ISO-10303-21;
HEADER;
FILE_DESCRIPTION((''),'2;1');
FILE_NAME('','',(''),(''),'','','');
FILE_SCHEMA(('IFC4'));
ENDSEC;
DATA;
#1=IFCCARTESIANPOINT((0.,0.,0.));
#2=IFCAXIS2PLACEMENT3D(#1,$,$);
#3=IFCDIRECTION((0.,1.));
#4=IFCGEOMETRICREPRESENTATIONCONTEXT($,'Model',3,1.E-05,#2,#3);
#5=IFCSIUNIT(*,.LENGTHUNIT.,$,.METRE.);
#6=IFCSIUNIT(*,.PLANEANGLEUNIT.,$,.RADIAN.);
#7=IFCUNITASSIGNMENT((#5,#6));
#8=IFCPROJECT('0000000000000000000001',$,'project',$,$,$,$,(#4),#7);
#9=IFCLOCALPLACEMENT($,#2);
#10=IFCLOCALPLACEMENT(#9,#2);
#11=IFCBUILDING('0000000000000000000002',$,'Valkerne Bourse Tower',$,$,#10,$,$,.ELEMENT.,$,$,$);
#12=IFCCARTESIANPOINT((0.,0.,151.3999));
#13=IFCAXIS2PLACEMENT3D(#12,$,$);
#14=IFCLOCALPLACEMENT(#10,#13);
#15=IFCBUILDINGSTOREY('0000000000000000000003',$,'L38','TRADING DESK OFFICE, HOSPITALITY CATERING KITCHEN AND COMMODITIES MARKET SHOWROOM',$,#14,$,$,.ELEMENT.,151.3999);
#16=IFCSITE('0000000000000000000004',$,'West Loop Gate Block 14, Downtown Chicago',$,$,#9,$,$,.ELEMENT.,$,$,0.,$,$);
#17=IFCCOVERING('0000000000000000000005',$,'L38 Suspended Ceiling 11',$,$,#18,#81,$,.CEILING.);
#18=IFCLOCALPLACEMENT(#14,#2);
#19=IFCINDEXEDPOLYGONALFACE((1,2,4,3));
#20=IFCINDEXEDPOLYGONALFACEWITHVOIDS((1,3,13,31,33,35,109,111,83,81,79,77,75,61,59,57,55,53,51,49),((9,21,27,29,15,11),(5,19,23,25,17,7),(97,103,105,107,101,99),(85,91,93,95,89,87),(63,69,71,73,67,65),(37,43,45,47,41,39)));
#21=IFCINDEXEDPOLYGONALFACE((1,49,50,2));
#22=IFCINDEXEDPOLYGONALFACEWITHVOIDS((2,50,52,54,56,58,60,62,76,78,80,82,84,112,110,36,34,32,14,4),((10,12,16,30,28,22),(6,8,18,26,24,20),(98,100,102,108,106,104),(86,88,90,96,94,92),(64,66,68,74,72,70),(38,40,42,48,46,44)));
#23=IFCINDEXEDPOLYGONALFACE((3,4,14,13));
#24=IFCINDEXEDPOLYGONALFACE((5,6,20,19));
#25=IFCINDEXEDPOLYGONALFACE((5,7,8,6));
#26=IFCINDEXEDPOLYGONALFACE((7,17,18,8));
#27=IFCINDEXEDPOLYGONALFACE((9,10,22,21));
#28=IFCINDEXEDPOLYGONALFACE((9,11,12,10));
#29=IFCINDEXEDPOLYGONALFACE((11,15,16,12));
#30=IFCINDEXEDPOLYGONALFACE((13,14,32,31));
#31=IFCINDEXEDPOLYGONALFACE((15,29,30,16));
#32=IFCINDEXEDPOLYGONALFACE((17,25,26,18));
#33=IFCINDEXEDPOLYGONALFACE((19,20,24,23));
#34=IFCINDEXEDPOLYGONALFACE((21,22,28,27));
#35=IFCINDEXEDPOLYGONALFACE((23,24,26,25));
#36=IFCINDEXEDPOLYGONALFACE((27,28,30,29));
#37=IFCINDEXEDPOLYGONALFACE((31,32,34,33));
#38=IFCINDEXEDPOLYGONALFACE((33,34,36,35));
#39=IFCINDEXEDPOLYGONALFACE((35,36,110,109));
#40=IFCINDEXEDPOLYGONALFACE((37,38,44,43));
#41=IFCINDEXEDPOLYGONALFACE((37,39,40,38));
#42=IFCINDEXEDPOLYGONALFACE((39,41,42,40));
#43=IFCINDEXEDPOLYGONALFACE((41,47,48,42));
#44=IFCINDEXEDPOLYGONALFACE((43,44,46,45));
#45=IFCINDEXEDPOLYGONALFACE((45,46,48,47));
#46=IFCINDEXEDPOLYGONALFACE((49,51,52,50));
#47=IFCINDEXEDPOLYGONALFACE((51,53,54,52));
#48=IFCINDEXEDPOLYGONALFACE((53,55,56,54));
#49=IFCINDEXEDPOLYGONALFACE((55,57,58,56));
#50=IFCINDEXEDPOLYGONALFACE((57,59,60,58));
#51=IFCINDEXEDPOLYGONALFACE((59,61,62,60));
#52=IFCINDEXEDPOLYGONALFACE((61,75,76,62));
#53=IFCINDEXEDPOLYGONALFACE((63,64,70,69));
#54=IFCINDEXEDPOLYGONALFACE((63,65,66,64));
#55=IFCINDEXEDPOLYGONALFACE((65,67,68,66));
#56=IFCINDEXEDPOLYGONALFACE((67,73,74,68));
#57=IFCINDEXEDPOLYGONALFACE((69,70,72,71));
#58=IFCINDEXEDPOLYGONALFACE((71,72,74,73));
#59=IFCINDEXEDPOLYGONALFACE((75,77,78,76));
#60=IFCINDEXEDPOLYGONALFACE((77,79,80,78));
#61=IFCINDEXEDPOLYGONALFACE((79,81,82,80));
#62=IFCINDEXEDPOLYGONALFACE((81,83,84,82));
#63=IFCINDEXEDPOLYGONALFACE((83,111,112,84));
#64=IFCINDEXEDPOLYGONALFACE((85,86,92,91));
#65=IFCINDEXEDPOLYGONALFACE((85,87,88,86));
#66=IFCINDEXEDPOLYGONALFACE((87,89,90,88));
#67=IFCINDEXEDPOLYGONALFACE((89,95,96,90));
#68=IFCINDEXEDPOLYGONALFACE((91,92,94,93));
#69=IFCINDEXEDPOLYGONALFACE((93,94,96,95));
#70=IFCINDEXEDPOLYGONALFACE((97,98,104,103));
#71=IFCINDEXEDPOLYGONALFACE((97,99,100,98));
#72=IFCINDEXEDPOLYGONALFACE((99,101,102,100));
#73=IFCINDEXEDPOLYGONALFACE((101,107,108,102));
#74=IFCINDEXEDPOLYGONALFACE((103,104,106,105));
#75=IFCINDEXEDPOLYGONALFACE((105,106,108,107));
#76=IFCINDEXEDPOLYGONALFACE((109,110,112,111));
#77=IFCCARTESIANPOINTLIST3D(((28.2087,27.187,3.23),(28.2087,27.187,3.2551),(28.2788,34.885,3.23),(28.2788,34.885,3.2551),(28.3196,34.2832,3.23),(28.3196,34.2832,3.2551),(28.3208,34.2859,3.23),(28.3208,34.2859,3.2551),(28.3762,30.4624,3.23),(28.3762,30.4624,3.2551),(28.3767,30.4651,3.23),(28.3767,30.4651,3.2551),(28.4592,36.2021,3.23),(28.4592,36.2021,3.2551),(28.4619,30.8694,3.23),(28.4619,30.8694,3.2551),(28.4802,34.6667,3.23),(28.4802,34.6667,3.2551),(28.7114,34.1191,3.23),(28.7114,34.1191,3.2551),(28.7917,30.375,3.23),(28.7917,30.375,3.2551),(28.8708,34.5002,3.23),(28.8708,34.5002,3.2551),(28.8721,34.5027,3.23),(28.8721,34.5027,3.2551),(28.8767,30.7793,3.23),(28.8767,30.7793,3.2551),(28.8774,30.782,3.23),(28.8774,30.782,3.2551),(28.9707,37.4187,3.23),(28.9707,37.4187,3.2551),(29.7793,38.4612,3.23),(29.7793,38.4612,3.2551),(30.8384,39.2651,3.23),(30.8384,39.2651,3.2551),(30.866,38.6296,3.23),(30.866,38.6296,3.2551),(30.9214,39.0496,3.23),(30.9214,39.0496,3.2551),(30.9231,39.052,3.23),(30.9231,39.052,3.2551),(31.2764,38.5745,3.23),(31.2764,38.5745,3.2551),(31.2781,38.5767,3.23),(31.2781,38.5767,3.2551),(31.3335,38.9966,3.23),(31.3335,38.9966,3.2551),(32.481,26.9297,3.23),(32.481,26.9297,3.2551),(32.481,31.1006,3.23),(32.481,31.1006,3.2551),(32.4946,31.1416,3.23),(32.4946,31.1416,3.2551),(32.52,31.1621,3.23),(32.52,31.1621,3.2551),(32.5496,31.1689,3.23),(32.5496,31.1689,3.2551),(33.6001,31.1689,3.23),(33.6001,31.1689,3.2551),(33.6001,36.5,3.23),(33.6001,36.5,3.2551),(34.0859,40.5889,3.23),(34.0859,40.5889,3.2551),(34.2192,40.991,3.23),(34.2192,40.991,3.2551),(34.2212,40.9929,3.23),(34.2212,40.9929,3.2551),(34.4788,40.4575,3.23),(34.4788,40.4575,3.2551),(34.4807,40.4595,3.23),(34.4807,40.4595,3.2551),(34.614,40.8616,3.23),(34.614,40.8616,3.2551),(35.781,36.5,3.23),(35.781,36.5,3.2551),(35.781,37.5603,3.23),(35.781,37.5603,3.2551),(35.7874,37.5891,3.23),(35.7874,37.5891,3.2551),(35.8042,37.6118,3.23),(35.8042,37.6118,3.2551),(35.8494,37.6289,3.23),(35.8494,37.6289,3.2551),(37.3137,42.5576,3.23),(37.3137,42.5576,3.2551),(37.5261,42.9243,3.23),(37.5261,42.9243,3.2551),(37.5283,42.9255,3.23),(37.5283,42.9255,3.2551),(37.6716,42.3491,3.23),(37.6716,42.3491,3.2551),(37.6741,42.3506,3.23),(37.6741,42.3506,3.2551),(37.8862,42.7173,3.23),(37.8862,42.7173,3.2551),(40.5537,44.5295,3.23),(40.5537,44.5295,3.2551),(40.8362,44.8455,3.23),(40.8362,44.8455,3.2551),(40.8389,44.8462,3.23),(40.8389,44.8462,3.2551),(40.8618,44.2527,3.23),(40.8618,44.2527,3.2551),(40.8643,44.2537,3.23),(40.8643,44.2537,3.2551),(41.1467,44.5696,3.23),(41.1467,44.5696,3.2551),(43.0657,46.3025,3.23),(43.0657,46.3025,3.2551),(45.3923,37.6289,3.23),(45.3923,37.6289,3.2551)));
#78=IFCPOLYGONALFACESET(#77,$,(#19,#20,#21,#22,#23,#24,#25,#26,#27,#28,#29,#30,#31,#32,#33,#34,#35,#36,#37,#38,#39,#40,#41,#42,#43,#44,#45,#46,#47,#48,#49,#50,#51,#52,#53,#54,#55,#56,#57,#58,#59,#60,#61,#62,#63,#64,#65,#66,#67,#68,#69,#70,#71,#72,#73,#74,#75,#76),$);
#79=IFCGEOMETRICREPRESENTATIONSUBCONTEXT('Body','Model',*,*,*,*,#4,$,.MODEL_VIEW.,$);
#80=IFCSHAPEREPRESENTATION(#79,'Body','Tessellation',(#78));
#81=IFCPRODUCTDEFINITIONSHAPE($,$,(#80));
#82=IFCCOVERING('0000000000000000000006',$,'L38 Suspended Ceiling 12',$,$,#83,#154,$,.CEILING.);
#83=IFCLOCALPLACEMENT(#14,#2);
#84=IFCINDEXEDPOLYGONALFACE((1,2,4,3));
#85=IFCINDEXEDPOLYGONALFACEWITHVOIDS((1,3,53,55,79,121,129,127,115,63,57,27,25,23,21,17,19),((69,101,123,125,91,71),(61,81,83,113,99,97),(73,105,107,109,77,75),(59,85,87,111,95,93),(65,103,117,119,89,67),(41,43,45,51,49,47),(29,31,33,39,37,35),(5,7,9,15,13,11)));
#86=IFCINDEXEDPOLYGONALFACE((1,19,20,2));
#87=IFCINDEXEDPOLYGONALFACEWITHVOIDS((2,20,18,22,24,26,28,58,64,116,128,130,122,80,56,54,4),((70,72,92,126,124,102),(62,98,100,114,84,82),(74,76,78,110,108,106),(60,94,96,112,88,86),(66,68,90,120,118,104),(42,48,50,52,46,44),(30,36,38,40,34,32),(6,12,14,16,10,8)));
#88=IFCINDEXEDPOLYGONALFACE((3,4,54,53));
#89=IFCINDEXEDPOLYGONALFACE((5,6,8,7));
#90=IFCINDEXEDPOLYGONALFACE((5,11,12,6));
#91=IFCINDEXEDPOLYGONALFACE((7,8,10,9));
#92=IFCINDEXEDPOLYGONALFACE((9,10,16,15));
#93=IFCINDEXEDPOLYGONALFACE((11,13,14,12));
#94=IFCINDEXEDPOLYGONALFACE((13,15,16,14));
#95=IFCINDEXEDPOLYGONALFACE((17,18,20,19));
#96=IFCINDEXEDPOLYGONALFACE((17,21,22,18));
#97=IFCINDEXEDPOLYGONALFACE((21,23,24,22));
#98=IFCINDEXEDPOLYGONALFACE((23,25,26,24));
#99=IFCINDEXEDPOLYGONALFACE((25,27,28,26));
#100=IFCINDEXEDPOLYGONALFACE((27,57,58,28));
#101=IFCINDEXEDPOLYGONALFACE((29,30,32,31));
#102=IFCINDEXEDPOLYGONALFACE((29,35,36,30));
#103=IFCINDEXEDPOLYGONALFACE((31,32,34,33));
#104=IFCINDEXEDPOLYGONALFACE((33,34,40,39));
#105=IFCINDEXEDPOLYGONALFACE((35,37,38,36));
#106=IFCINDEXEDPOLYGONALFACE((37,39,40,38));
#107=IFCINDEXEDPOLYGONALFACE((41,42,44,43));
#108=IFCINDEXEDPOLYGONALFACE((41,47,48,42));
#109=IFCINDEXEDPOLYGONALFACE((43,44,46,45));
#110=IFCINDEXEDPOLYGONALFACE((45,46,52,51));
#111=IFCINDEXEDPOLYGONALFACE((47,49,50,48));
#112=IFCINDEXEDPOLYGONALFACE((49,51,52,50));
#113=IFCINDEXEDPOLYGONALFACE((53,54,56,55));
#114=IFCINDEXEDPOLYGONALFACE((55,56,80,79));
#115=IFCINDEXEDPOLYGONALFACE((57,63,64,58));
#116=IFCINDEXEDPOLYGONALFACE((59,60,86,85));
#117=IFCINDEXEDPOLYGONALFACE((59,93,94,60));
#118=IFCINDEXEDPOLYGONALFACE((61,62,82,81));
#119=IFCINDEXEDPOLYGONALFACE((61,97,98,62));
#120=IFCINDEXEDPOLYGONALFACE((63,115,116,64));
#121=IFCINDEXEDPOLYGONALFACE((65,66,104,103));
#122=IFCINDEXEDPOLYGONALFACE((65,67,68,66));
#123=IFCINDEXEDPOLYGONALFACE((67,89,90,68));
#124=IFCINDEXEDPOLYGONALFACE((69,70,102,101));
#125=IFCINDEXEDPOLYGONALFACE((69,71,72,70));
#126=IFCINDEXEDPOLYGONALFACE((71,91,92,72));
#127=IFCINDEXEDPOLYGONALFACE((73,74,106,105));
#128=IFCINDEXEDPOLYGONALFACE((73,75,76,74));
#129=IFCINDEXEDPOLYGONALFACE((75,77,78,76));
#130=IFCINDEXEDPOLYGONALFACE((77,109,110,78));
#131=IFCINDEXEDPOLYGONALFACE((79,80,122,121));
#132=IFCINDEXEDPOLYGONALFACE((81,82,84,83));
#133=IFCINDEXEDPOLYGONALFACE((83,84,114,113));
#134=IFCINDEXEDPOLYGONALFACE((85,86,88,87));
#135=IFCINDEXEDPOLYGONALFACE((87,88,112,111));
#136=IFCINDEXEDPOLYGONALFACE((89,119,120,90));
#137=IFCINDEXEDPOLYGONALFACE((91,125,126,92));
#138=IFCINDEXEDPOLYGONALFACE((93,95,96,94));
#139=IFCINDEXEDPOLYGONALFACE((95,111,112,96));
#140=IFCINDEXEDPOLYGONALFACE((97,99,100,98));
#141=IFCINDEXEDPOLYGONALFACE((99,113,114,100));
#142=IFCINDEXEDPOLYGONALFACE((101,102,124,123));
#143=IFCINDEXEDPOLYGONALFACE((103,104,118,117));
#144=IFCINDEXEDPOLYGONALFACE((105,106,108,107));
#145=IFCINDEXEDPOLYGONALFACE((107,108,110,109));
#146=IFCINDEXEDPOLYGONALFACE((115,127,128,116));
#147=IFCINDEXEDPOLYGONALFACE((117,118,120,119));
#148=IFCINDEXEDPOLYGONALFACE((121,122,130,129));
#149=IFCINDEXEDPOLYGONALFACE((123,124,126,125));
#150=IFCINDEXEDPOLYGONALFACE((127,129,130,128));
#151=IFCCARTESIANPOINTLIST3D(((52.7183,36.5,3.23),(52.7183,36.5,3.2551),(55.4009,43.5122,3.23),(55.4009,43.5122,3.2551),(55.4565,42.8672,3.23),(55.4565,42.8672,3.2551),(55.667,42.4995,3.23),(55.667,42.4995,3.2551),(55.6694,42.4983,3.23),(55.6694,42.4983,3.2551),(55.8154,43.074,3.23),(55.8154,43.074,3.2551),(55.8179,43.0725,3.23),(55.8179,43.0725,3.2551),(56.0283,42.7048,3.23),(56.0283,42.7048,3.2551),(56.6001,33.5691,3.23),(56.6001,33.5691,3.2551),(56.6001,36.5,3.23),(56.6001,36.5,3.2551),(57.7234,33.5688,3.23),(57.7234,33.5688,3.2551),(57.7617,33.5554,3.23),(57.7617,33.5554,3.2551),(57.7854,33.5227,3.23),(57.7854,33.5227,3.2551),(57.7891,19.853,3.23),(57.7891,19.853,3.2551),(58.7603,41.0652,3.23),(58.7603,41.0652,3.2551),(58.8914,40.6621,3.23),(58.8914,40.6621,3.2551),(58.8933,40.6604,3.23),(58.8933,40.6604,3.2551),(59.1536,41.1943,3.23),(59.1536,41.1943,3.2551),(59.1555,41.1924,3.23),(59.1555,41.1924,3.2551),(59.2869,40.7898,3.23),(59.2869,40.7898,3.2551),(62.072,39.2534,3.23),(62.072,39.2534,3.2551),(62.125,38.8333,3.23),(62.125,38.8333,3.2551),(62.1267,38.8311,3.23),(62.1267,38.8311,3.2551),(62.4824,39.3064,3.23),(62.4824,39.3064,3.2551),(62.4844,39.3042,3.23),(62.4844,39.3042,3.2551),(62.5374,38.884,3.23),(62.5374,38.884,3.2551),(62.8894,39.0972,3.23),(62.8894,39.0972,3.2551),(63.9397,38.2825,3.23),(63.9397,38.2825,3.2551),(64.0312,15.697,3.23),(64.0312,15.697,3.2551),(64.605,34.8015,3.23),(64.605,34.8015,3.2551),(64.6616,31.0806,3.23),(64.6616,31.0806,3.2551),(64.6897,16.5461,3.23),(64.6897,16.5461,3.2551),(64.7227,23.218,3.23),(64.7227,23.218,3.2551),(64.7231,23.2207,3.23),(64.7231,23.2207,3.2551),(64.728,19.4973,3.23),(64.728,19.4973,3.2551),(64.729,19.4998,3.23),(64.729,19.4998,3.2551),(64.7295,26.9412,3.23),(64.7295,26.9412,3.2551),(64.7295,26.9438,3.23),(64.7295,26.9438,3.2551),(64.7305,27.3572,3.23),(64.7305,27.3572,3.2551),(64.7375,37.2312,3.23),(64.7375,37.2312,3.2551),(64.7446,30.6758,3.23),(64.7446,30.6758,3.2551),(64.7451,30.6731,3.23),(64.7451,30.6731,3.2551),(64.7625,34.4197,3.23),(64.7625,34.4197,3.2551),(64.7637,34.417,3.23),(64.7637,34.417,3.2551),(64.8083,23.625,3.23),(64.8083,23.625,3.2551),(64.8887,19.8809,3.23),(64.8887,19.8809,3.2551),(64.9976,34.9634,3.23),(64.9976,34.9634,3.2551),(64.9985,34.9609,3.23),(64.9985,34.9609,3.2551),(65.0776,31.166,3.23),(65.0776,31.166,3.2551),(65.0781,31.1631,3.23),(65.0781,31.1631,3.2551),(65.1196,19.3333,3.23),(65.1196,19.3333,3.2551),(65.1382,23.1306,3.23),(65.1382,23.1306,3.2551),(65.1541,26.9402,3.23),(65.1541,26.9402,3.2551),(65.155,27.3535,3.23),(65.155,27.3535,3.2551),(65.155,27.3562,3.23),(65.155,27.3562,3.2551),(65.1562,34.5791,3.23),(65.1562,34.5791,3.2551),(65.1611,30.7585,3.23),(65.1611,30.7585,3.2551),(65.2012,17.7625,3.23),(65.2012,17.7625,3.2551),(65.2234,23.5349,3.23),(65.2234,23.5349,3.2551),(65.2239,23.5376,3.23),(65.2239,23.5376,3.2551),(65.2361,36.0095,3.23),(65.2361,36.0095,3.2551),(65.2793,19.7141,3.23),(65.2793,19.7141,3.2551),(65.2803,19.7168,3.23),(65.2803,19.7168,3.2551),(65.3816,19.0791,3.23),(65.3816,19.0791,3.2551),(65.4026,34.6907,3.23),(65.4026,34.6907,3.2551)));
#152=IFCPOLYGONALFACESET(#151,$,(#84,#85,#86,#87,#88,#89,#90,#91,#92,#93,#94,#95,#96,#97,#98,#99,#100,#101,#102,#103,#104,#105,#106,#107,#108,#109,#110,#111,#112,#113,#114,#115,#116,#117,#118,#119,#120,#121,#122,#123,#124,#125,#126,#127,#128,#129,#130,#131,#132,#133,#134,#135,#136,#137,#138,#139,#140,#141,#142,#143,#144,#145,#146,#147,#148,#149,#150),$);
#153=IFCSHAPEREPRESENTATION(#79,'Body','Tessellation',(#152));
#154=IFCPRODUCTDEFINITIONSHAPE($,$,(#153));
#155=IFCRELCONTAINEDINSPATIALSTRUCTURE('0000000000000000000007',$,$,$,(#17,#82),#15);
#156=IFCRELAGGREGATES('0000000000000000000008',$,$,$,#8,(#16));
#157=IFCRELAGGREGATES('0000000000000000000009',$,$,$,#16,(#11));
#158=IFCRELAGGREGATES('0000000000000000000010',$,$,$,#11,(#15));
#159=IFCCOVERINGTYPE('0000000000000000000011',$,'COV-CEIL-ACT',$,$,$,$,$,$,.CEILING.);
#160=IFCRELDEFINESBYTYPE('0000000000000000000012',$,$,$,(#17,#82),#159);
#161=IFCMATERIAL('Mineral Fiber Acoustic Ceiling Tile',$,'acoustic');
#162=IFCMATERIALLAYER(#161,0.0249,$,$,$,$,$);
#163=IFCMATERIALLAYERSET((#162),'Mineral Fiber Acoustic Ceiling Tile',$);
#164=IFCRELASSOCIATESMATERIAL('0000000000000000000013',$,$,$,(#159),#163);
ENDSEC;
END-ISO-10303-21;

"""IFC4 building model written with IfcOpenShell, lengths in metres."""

from ifc_helpers import new_model, si_unit, direction, frame, origin, place, context, subcontext, project, spatial, polyline, outline, extrude, material, layer, layer_set, type_object, element, save


model = new_model("IFC4")

# Units and contexts
model_context = context("Model", 3, precision=1e-05, world=origin(), true_north=direction((0.0, 1.0)))
body_context = subcontext(model_context, "Body", "Model", "MODEL_VIEW")
ifc_project = project(units=[si_unit("LENGTHUNIT", "METRE"), si_unit("PLANEANGLEUNIT", "RADIAN")], contexts=[model_context])

# Site, building, storey
site_placement = place(None, origin())
site = spatial("IfcSite", under=ifc_project, at=site_placement, Name="West Loop Gate Block 14, Downtown Chicago", CompositionType="ELEMENT", RefElevation=0.0)
building_placement = place(site_placement, origin())
building = spatial("IfcBuilding", under=site, at=building_placement, Name="Valkerne Bourse Tower", CompositionType="ELEMENT")
storey_placement = place(building_placement, frame((0.0, 0.0, 151.3999)))
storey = spatial("IfcBuildingStorey", under=building, at=storey_placement, Name="L38", Description="TRADING DESK OFFICE, HOSPITALITY CATERING KITCHEN AND COMMODITIES MARKET SHOWROOM", CompositionType="ELEMENT", Elevation=151.3999)

# Coverings
ifc_material_1 = material(Name="Mineral Fiber Acoustic Ceiling Tile", Category="acoustic")
ifc_layer_1 = layer(ifc_material_1, 0.0249)
ifc_layer_set_1 = layer_set([ifc_layer_1], Name="Mineral Fiber Acoustic Ceiling Tile")
covering_type_1 = type_object("IfcCoveringType", Name="COV-CEIL-ACT", PredefinedType="CEILING", material=ifc_layer_set_1)
covering_1_placement = place(storey_placement, frame((0.0, 0.0, 3.23)))
element("IfcCovering", 1, at=covering_1_placement, inside=storey, type_object=covering_type_1, Name="L38 Suspended Ceiling 11", PredefinedType="CEILING", context=body_context, shape_type="SweptSolid", body=[
    extrude(outline(polyline([(28.9707, 37.4187), (29.7793, 38.4612), (30.8384, 39.2651), (43.0657, 46.3025), (45.3923, 37.6289), (35.8494, 37.6289), (35.8042, 37.6118), (35.7874, 37.5891), (35.781, 37.5603), (35.781, 36.5), (33.6001, 36.5), (33.6001, 31.1689), (32.5496, 31.1689), (32.52, 31.1621), (32.4946, 31.1416), (32.481, 31.1006), (32.481, 26.9297), (28.2087, 27.187), (28.2788, 34.885), (28.4592, 36.2021), (28.9707, 37.4187)]), holes=[polyline([(28.8767, 30.7793), (28.8774, 30.782), (28.4619, 30.8694), (28.3767, 30.4651), (28.3762, 30.4624), (28.7917, 30.375), (28.8767, 30.7793)]), polyline([(28.8721, 34.5027), (28.4802, 34.6667), (28.3208, 34.2859), (28.3196, 34.2832), (28.7114, 34.1191), (28.8708, 34.5002), (28.8721, 34.5027)]), polyline([(31.3335, 38.9966), (30.9231, 39.052), (30.9214, 39.0496), (30.866, 38.6296), (31.2764, 38.5745), (31.2781, 38.5767), (31.3335, 38.9966)]), polyline([(34.614, 40.8616), (34.2212, 40.9929), (34.2192, 40.991), (34.0859, 40.5889), (34.4788, 40.4575), (34.4807, 40.4595), (34.614, 40.8616)]), polyline([(37.6741, 42.3506), (37.8862, 42.7173), (37.5283, 42.9255), (37.5261, 42.9243), (37.3137, 42.5576), (37.6716, 42.3491), (37.6741, 42.3506)]), polyline([(40.8643, 44.2537), (41.1467, 44.5696), (40.8389, 44.8462), (40.8362, 44.8455), (40.5537, 44.5295), (40.8618, 44.2527), (40.8643, 44.2537)])]), origin(), (0.0, 0.0, 1.0), 0.0251),
])
covering_2_placement = place(storey_placement, frame((0.0, 0.0, 3.23)))
element("IfcCovering", 2, at=covering_2_placement, inside=storey, type_object=covering_type_1, Name="L38 Suspended Ceiling 12", PredefinedType="CEILING", context=body_context, shape_type="SweptSolid", body=[
    extrude(outline(polyline([(64.0312, 15.697), (57.7891, 19.853), (57.7854, 33.5227), (57.7617, 33.5554), (57.7234, 33.5688), (56.6001, 33.5691), (56.6001, 36.5), (52.7183, 36.5), (55.4009, 43.5122), (62.8894, 39.0972), (63.9397, 38.2825), (64.7375, 37.2312), (65.2361, 36.0095), (65.4026, 34.6907), (65.3816, 19.0791), (65.2012, 17.7625), (64.6897, 16.5461), (64.0312, 15.697)]), holes=[polyline([(65.2803, 19.7168), (64.8887, 19.8809), (64.729, 19.4998), (64.728, 19.4973), (65.1196, 19.3333), (65.2793, 19.7141), (65.2803, 19.7168)]), polyline([(65.2239, 23.5376), (64.8083, 23.625), (64.7231, 23.2207), (64.7227, 23.218), (65.1382, 23.1306), (65.2234, 23.5349), (65.2239, 23.5376)]), polyline([(65.155, 27.3535), (65.155, 27.3562), (64.7305, 27.3572), (64.7295, 26.9438), (64.7295, 26.9412), (65.1541, 26.9402), (65.155, 27.3535)]), polyline([(65.1611, 30.7585), (65.0781, 31.1631), (65.0776, 31.166), (64.6616, 31.0806), (64.7446, 30.6758), (64.7451, 30.6731), (65.1611, 30.7585)]), polyline([(65.1562, 34.5791), (64.9985, 34.9609), (64.9976, 34.9634), (64.605, 34.8015), (64.7625, 34.4197), (64.7637, 34.417), (65.1562, 34.5791)]), polyline([(62.5374, 38.884), (62.4844, 39.3042), (62.4824, 39.3064), (62.072, 39.2534), (62.125, 38.8333), (62.1267, 38.8311), (62.5374, 38.884)]), polyline([(59.1555, 41.1924), (59.1536, 41.1943), (58.7603, 41.0652), (58.8914, 40.6621), (58.8933, 40.6604), (59.2869, 40.7898), (59.1555, 41.1924)]), polyline([(56.0283, 42.7048), (55.8179, 43.0725), (55.8154, 43.074), (55.4565, 42.8672), (55.667, 42.4995), (55.6694, 42.4983), (56.0283, 42.7048)])]), origin(), (0.0, 0.0, 1.0), 0.0251),
])

save(model, "model.ifc")
